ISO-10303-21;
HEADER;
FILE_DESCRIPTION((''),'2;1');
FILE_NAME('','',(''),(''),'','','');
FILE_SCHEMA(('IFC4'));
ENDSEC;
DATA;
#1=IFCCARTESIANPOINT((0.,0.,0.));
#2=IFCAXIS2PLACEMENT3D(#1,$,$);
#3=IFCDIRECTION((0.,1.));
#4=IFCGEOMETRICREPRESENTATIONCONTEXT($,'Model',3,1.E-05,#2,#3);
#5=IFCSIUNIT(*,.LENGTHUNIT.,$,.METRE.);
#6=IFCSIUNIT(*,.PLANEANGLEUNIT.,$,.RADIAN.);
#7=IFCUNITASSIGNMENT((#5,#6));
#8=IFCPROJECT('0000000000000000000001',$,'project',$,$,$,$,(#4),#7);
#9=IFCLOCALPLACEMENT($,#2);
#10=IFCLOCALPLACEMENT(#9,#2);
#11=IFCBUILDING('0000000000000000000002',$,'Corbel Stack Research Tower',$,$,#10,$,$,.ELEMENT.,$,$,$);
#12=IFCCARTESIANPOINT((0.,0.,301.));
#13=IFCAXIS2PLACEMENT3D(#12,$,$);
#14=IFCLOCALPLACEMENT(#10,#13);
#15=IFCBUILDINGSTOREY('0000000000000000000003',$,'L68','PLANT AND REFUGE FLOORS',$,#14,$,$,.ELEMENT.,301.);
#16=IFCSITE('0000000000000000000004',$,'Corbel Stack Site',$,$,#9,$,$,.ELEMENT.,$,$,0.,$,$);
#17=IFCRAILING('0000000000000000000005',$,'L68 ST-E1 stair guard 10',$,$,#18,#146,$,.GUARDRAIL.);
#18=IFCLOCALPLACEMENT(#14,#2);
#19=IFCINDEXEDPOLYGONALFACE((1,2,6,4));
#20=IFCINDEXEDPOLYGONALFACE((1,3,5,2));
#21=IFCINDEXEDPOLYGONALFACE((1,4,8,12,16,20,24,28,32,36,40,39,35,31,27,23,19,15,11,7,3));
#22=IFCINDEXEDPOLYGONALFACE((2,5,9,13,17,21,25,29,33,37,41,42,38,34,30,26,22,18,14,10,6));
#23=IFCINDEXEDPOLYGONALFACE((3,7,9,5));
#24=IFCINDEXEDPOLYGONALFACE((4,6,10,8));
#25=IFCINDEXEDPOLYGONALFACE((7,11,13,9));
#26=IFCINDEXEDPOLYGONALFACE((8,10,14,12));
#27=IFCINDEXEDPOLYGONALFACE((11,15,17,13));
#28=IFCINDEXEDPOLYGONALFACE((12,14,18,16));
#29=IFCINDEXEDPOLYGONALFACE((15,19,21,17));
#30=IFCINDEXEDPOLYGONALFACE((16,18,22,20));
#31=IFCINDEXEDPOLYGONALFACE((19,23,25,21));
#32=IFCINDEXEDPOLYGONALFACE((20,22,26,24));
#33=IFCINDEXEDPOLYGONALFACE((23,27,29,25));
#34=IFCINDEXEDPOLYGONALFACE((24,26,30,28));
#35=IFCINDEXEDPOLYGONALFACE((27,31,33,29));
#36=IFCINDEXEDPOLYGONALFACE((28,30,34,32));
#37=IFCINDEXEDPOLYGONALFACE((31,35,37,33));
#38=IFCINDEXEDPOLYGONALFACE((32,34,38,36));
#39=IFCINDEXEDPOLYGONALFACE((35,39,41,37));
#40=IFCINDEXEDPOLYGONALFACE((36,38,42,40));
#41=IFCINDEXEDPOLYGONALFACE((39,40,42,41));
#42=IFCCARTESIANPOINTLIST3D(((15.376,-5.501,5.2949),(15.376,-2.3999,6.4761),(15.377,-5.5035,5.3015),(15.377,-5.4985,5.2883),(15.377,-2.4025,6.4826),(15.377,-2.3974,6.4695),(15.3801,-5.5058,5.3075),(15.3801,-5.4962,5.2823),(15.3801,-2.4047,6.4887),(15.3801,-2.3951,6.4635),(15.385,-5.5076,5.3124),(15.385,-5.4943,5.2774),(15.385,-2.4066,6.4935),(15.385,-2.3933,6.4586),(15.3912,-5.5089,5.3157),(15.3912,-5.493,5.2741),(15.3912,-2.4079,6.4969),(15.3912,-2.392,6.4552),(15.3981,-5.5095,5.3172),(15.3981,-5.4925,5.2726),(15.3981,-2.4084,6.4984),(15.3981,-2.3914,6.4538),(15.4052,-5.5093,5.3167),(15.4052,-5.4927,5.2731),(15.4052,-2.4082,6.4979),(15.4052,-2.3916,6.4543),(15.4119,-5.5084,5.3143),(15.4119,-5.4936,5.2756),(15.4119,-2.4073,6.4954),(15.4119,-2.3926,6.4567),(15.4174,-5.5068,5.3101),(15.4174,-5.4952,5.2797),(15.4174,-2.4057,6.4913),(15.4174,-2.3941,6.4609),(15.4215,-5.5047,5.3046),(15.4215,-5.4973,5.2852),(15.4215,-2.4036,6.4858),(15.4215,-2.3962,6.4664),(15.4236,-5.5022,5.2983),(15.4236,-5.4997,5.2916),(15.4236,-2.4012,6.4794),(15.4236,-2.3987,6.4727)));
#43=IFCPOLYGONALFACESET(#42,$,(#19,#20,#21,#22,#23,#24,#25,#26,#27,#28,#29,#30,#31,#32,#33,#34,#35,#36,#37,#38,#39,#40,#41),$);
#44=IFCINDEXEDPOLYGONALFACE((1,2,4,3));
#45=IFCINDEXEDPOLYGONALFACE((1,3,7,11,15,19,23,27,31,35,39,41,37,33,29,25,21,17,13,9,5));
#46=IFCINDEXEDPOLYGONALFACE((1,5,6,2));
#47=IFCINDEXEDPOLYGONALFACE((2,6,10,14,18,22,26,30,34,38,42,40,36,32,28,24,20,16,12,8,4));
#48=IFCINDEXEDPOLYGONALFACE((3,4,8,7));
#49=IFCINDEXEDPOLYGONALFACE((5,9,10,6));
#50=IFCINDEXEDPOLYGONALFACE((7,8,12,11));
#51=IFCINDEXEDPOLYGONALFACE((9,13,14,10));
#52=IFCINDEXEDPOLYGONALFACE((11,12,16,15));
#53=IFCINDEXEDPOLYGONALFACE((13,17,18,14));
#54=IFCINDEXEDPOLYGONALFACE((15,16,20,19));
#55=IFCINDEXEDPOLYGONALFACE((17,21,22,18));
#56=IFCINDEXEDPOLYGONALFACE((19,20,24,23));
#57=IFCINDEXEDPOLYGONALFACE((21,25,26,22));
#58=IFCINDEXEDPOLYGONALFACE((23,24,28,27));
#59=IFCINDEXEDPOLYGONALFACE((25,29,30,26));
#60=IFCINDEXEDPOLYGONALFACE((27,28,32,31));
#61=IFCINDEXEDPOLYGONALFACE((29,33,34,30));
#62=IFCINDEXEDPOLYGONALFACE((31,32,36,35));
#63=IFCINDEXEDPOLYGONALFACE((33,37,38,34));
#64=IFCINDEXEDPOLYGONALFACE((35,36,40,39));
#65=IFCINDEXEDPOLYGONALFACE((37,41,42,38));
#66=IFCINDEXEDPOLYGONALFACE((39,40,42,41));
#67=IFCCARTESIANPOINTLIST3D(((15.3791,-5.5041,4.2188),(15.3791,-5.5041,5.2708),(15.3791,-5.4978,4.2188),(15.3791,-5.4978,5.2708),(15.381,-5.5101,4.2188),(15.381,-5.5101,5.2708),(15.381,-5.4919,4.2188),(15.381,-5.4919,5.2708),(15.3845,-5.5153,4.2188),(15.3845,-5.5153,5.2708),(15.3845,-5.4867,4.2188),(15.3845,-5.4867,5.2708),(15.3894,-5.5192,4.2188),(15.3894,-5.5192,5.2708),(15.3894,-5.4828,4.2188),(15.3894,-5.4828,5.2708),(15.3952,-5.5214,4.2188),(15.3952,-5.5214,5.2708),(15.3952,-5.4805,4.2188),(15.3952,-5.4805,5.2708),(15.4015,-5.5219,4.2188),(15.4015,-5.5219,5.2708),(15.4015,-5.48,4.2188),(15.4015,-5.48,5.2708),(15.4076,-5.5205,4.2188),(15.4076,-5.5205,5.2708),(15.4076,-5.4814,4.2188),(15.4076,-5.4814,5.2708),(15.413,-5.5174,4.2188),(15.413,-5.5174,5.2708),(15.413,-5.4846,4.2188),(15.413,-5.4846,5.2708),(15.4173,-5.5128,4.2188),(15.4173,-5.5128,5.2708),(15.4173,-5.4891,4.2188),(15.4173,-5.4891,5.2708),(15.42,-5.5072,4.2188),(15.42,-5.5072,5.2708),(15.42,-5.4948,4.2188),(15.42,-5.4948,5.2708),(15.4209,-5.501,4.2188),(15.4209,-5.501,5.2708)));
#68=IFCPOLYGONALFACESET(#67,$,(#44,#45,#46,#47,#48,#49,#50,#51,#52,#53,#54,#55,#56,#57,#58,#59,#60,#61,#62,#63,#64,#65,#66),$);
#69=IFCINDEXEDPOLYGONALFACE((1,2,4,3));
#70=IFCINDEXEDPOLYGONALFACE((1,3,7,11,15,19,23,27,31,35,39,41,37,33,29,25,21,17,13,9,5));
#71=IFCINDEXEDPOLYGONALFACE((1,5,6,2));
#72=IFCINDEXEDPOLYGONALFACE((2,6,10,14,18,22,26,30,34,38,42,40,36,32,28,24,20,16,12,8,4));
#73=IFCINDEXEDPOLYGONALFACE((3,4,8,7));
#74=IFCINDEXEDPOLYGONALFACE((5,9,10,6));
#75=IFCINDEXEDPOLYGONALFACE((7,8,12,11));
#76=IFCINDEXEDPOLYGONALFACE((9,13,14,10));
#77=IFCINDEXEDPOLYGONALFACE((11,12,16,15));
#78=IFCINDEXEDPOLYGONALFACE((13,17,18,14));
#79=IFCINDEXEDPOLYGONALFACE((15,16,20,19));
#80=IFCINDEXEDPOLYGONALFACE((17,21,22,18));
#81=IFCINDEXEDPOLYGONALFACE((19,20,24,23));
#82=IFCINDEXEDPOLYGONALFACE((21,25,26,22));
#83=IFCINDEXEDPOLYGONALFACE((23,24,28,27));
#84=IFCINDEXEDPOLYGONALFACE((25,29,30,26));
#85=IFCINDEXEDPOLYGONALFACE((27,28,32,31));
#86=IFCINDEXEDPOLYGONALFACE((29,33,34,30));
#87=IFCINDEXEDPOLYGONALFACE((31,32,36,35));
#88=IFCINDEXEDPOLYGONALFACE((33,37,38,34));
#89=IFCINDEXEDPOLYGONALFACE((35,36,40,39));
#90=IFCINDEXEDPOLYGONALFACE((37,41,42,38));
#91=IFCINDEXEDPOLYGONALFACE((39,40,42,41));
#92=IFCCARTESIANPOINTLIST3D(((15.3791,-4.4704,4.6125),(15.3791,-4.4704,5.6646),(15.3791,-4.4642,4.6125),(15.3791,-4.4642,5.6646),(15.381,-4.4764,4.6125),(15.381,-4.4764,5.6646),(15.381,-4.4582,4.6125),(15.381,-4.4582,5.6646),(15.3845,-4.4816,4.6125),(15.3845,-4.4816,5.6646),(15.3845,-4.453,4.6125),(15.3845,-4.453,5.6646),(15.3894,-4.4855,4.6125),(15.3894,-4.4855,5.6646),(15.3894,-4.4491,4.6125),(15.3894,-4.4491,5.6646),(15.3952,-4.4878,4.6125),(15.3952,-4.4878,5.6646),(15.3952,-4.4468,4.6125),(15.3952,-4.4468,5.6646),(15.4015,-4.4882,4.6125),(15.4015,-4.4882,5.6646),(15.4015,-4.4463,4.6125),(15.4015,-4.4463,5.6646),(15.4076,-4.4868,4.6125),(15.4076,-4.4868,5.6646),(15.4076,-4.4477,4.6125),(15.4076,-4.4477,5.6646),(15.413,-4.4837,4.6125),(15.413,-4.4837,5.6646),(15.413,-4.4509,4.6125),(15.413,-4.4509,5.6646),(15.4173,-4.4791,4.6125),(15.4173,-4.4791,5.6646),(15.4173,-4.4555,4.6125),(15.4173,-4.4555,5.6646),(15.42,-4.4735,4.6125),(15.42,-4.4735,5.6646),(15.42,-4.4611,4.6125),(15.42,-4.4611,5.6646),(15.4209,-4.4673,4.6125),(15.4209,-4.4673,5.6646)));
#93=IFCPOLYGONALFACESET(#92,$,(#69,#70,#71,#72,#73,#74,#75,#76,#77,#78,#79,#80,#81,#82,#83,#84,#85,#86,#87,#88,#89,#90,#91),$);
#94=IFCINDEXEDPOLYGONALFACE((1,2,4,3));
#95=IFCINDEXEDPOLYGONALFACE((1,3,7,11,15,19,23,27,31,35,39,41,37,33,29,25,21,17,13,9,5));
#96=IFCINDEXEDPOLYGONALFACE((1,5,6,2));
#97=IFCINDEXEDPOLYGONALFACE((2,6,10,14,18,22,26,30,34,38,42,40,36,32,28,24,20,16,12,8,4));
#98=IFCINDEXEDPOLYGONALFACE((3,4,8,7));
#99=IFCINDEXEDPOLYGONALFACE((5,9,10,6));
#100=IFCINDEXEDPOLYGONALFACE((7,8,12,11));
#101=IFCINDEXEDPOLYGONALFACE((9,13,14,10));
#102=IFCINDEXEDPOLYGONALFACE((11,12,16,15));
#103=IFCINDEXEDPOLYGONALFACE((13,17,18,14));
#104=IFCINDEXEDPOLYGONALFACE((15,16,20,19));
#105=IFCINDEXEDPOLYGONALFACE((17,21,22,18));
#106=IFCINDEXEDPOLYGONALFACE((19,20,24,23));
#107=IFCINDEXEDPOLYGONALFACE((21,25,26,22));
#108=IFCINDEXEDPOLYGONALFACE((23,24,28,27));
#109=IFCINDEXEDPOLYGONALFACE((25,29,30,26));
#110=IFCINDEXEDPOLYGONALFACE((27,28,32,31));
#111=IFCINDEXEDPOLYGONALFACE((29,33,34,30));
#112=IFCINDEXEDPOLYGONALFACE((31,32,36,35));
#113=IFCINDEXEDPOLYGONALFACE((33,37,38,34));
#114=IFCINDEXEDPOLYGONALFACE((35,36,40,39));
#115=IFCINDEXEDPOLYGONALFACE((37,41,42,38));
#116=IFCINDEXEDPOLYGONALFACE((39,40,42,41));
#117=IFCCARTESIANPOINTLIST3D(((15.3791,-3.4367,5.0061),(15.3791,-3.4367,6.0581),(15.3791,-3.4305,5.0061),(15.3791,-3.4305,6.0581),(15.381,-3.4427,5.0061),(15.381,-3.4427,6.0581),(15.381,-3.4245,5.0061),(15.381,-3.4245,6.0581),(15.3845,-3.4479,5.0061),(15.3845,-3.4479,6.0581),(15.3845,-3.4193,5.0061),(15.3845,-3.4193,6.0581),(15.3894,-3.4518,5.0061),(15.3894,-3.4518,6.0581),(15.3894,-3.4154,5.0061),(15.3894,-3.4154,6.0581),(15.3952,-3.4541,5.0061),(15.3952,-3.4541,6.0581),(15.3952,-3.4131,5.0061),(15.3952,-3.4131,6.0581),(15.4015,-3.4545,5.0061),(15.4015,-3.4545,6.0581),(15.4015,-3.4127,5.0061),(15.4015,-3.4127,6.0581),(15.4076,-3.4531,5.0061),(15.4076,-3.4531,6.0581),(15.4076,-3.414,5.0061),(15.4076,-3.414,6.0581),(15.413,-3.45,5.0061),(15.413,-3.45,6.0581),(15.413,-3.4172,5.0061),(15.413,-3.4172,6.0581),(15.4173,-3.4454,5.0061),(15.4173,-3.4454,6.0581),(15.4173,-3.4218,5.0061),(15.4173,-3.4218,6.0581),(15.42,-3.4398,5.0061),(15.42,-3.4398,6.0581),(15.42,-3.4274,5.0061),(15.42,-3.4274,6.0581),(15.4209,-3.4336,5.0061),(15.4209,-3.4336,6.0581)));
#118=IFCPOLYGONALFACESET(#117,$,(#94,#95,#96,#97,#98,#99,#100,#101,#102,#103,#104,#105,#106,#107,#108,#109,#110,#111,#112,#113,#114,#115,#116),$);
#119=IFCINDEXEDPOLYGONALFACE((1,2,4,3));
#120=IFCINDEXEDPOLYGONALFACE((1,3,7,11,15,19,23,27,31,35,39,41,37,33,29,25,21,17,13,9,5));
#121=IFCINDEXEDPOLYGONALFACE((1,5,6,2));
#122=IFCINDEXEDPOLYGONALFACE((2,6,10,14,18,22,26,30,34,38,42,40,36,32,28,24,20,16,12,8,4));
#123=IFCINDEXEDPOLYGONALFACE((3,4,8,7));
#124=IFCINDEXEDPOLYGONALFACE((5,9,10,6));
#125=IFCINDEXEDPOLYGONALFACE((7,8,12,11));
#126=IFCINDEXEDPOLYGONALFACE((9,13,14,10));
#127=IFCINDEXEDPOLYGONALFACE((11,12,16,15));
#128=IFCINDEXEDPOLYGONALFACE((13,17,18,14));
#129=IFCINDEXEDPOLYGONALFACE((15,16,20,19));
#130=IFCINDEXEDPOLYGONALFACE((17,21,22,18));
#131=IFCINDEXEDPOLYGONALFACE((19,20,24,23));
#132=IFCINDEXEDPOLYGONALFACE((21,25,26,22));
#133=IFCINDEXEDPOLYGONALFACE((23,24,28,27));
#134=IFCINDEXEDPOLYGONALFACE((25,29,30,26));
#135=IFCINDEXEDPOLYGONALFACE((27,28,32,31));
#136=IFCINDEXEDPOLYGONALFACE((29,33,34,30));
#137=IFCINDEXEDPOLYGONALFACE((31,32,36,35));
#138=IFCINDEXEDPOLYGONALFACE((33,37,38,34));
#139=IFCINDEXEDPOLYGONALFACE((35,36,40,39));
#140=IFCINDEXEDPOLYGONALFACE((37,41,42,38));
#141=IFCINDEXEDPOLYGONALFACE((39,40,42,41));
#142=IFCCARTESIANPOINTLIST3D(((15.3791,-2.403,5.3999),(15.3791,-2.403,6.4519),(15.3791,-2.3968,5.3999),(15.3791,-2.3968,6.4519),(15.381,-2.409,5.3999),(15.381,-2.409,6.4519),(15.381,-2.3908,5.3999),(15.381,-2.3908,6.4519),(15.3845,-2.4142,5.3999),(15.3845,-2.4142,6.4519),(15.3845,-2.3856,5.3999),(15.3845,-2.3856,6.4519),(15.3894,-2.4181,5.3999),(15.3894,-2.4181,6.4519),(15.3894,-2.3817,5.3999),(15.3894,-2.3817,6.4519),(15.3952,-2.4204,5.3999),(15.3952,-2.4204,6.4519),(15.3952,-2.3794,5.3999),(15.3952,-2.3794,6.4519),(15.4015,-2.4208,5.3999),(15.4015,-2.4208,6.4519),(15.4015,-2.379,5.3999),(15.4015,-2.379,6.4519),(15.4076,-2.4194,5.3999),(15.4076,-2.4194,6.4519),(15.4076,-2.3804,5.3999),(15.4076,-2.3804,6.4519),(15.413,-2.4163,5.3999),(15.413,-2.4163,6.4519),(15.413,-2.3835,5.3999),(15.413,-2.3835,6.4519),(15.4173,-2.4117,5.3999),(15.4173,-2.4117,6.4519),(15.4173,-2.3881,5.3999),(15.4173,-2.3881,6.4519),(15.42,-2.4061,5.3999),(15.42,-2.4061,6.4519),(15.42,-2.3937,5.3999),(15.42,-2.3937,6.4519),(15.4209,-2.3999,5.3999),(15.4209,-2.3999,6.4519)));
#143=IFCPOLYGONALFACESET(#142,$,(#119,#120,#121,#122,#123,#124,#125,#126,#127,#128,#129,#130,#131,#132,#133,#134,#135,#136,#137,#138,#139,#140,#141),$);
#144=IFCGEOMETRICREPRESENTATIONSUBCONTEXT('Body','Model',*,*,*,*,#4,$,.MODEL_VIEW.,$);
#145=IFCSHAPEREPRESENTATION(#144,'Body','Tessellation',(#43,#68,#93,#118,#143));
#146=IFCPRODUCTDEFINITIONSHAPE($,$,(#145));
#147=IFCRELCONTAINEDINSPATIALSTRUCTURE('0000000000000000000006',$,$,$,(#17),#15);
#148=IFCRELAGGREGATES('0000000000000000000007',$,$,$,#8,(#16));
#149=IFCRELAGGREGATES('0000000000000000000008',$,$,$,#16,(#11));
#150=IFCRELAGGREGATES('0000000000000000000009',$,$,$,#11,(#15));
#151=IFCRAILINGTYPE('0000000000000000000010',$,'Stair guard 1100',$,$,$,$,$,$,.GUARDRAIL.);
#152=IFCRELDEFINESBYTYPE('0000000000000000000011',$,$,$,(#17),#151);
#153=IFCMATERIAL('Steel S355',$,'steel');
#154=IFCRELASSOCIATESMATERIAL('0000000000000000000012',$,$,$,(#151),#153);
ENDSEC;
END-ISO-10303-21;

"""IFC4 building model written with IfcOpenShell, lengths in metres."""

from ifc_helpers import new_model, si_unit, direction, frame, origin, origin_2d, place, context, subcontext, project, spatial, circle, extrude, material, type_object, element, save


model = new_model("IFC4")

# Units and contexts
model_context = context("Model", 3, precision=1e-05, world=origin(), true_north=direction((0.0, 1.0)))
body_context = subcontext(model_context, "Body", "Model", "MODEL_VIEW")
ifc_project = project(units=[si_unit("LENGTHUNIT", "METRE"), si_unit("PLANEANGLEUNIT", "RADIAN")], contexts=[model_context])

# Site, building, storey
site_placement = place(None, origin())
site = spatial("IfcSite", under=ifc_project, at=site_placement, Name="Corbel Stack Site", CompositionType="ELEMENT", RefElevation=0.0)
building_placement = place(site_placement, origin())
building = spatial("IfcBuilding", under=site, at=building_placement, Name="Corbel Stack Research Tower", CompositionType="ELEMENT")
storey_placement = place(building_placement, frame((0.0, 0.0, 301.0)))
storey = spatial("IfcBuildingStorey", under=building, at=storey_placement, Name="L68", Description="PLANT AND REFUGE FLOORS", CompositionType="ELEMENT", Elevation=301.0)

# Railing
ifc_material_1 = material(Name="Steel S355", Category="steel")
railing_type_1 = type_object("IfcRailingType", Name="Stair guard 1100", PredefinedType="GUARDRAIL", material=ifc_material_1)
railing_1_placement = place(storey_placement, frame((15.3999, -5.501, 4.2188)))
element("IfcRailing", 1, at=railing_1_placement, inside=storey, type_object=railing_type_1, Name="L68 ST-E1 stair guard 10", PredefinedType="GUARDRAIL", context=body_context, shape_type="SweptSolid", body=[
    extrude(circle(Radius=0.0239, at=origin_2d()), frame((0.0, 0.0, 1.0762), z_axis=(0.0, 0.934509, 0.35594), x_axis=(-1.0, 0.0, 0.0)), (0.0, 0.0, 1.0), 3.3184),
    extrude(circle(Radius=0.021, at=origin_2d()), origin(), (0.0, 0.0, 1.0), 1.052),
    extrude(circle(Radius=0.021, at=origin_2d()), frame((0.0, 1.0337, 0.3938)), (0.0, 0.0, 1.0), 1.052),
    extrude(circle(Radius=0.021, at=origin_2d()), frame((0.0, 2.0674, 0.7874)), (0.0, 0.0, 1.0), 1.052),
    extrude(circle(Radius=0.021, at=origin_2d()), frame((0.0, 3.1011, 1.1812)), (0.0, 0.0, 1.0), 1.052),
])

save(model, "model.ifc")
